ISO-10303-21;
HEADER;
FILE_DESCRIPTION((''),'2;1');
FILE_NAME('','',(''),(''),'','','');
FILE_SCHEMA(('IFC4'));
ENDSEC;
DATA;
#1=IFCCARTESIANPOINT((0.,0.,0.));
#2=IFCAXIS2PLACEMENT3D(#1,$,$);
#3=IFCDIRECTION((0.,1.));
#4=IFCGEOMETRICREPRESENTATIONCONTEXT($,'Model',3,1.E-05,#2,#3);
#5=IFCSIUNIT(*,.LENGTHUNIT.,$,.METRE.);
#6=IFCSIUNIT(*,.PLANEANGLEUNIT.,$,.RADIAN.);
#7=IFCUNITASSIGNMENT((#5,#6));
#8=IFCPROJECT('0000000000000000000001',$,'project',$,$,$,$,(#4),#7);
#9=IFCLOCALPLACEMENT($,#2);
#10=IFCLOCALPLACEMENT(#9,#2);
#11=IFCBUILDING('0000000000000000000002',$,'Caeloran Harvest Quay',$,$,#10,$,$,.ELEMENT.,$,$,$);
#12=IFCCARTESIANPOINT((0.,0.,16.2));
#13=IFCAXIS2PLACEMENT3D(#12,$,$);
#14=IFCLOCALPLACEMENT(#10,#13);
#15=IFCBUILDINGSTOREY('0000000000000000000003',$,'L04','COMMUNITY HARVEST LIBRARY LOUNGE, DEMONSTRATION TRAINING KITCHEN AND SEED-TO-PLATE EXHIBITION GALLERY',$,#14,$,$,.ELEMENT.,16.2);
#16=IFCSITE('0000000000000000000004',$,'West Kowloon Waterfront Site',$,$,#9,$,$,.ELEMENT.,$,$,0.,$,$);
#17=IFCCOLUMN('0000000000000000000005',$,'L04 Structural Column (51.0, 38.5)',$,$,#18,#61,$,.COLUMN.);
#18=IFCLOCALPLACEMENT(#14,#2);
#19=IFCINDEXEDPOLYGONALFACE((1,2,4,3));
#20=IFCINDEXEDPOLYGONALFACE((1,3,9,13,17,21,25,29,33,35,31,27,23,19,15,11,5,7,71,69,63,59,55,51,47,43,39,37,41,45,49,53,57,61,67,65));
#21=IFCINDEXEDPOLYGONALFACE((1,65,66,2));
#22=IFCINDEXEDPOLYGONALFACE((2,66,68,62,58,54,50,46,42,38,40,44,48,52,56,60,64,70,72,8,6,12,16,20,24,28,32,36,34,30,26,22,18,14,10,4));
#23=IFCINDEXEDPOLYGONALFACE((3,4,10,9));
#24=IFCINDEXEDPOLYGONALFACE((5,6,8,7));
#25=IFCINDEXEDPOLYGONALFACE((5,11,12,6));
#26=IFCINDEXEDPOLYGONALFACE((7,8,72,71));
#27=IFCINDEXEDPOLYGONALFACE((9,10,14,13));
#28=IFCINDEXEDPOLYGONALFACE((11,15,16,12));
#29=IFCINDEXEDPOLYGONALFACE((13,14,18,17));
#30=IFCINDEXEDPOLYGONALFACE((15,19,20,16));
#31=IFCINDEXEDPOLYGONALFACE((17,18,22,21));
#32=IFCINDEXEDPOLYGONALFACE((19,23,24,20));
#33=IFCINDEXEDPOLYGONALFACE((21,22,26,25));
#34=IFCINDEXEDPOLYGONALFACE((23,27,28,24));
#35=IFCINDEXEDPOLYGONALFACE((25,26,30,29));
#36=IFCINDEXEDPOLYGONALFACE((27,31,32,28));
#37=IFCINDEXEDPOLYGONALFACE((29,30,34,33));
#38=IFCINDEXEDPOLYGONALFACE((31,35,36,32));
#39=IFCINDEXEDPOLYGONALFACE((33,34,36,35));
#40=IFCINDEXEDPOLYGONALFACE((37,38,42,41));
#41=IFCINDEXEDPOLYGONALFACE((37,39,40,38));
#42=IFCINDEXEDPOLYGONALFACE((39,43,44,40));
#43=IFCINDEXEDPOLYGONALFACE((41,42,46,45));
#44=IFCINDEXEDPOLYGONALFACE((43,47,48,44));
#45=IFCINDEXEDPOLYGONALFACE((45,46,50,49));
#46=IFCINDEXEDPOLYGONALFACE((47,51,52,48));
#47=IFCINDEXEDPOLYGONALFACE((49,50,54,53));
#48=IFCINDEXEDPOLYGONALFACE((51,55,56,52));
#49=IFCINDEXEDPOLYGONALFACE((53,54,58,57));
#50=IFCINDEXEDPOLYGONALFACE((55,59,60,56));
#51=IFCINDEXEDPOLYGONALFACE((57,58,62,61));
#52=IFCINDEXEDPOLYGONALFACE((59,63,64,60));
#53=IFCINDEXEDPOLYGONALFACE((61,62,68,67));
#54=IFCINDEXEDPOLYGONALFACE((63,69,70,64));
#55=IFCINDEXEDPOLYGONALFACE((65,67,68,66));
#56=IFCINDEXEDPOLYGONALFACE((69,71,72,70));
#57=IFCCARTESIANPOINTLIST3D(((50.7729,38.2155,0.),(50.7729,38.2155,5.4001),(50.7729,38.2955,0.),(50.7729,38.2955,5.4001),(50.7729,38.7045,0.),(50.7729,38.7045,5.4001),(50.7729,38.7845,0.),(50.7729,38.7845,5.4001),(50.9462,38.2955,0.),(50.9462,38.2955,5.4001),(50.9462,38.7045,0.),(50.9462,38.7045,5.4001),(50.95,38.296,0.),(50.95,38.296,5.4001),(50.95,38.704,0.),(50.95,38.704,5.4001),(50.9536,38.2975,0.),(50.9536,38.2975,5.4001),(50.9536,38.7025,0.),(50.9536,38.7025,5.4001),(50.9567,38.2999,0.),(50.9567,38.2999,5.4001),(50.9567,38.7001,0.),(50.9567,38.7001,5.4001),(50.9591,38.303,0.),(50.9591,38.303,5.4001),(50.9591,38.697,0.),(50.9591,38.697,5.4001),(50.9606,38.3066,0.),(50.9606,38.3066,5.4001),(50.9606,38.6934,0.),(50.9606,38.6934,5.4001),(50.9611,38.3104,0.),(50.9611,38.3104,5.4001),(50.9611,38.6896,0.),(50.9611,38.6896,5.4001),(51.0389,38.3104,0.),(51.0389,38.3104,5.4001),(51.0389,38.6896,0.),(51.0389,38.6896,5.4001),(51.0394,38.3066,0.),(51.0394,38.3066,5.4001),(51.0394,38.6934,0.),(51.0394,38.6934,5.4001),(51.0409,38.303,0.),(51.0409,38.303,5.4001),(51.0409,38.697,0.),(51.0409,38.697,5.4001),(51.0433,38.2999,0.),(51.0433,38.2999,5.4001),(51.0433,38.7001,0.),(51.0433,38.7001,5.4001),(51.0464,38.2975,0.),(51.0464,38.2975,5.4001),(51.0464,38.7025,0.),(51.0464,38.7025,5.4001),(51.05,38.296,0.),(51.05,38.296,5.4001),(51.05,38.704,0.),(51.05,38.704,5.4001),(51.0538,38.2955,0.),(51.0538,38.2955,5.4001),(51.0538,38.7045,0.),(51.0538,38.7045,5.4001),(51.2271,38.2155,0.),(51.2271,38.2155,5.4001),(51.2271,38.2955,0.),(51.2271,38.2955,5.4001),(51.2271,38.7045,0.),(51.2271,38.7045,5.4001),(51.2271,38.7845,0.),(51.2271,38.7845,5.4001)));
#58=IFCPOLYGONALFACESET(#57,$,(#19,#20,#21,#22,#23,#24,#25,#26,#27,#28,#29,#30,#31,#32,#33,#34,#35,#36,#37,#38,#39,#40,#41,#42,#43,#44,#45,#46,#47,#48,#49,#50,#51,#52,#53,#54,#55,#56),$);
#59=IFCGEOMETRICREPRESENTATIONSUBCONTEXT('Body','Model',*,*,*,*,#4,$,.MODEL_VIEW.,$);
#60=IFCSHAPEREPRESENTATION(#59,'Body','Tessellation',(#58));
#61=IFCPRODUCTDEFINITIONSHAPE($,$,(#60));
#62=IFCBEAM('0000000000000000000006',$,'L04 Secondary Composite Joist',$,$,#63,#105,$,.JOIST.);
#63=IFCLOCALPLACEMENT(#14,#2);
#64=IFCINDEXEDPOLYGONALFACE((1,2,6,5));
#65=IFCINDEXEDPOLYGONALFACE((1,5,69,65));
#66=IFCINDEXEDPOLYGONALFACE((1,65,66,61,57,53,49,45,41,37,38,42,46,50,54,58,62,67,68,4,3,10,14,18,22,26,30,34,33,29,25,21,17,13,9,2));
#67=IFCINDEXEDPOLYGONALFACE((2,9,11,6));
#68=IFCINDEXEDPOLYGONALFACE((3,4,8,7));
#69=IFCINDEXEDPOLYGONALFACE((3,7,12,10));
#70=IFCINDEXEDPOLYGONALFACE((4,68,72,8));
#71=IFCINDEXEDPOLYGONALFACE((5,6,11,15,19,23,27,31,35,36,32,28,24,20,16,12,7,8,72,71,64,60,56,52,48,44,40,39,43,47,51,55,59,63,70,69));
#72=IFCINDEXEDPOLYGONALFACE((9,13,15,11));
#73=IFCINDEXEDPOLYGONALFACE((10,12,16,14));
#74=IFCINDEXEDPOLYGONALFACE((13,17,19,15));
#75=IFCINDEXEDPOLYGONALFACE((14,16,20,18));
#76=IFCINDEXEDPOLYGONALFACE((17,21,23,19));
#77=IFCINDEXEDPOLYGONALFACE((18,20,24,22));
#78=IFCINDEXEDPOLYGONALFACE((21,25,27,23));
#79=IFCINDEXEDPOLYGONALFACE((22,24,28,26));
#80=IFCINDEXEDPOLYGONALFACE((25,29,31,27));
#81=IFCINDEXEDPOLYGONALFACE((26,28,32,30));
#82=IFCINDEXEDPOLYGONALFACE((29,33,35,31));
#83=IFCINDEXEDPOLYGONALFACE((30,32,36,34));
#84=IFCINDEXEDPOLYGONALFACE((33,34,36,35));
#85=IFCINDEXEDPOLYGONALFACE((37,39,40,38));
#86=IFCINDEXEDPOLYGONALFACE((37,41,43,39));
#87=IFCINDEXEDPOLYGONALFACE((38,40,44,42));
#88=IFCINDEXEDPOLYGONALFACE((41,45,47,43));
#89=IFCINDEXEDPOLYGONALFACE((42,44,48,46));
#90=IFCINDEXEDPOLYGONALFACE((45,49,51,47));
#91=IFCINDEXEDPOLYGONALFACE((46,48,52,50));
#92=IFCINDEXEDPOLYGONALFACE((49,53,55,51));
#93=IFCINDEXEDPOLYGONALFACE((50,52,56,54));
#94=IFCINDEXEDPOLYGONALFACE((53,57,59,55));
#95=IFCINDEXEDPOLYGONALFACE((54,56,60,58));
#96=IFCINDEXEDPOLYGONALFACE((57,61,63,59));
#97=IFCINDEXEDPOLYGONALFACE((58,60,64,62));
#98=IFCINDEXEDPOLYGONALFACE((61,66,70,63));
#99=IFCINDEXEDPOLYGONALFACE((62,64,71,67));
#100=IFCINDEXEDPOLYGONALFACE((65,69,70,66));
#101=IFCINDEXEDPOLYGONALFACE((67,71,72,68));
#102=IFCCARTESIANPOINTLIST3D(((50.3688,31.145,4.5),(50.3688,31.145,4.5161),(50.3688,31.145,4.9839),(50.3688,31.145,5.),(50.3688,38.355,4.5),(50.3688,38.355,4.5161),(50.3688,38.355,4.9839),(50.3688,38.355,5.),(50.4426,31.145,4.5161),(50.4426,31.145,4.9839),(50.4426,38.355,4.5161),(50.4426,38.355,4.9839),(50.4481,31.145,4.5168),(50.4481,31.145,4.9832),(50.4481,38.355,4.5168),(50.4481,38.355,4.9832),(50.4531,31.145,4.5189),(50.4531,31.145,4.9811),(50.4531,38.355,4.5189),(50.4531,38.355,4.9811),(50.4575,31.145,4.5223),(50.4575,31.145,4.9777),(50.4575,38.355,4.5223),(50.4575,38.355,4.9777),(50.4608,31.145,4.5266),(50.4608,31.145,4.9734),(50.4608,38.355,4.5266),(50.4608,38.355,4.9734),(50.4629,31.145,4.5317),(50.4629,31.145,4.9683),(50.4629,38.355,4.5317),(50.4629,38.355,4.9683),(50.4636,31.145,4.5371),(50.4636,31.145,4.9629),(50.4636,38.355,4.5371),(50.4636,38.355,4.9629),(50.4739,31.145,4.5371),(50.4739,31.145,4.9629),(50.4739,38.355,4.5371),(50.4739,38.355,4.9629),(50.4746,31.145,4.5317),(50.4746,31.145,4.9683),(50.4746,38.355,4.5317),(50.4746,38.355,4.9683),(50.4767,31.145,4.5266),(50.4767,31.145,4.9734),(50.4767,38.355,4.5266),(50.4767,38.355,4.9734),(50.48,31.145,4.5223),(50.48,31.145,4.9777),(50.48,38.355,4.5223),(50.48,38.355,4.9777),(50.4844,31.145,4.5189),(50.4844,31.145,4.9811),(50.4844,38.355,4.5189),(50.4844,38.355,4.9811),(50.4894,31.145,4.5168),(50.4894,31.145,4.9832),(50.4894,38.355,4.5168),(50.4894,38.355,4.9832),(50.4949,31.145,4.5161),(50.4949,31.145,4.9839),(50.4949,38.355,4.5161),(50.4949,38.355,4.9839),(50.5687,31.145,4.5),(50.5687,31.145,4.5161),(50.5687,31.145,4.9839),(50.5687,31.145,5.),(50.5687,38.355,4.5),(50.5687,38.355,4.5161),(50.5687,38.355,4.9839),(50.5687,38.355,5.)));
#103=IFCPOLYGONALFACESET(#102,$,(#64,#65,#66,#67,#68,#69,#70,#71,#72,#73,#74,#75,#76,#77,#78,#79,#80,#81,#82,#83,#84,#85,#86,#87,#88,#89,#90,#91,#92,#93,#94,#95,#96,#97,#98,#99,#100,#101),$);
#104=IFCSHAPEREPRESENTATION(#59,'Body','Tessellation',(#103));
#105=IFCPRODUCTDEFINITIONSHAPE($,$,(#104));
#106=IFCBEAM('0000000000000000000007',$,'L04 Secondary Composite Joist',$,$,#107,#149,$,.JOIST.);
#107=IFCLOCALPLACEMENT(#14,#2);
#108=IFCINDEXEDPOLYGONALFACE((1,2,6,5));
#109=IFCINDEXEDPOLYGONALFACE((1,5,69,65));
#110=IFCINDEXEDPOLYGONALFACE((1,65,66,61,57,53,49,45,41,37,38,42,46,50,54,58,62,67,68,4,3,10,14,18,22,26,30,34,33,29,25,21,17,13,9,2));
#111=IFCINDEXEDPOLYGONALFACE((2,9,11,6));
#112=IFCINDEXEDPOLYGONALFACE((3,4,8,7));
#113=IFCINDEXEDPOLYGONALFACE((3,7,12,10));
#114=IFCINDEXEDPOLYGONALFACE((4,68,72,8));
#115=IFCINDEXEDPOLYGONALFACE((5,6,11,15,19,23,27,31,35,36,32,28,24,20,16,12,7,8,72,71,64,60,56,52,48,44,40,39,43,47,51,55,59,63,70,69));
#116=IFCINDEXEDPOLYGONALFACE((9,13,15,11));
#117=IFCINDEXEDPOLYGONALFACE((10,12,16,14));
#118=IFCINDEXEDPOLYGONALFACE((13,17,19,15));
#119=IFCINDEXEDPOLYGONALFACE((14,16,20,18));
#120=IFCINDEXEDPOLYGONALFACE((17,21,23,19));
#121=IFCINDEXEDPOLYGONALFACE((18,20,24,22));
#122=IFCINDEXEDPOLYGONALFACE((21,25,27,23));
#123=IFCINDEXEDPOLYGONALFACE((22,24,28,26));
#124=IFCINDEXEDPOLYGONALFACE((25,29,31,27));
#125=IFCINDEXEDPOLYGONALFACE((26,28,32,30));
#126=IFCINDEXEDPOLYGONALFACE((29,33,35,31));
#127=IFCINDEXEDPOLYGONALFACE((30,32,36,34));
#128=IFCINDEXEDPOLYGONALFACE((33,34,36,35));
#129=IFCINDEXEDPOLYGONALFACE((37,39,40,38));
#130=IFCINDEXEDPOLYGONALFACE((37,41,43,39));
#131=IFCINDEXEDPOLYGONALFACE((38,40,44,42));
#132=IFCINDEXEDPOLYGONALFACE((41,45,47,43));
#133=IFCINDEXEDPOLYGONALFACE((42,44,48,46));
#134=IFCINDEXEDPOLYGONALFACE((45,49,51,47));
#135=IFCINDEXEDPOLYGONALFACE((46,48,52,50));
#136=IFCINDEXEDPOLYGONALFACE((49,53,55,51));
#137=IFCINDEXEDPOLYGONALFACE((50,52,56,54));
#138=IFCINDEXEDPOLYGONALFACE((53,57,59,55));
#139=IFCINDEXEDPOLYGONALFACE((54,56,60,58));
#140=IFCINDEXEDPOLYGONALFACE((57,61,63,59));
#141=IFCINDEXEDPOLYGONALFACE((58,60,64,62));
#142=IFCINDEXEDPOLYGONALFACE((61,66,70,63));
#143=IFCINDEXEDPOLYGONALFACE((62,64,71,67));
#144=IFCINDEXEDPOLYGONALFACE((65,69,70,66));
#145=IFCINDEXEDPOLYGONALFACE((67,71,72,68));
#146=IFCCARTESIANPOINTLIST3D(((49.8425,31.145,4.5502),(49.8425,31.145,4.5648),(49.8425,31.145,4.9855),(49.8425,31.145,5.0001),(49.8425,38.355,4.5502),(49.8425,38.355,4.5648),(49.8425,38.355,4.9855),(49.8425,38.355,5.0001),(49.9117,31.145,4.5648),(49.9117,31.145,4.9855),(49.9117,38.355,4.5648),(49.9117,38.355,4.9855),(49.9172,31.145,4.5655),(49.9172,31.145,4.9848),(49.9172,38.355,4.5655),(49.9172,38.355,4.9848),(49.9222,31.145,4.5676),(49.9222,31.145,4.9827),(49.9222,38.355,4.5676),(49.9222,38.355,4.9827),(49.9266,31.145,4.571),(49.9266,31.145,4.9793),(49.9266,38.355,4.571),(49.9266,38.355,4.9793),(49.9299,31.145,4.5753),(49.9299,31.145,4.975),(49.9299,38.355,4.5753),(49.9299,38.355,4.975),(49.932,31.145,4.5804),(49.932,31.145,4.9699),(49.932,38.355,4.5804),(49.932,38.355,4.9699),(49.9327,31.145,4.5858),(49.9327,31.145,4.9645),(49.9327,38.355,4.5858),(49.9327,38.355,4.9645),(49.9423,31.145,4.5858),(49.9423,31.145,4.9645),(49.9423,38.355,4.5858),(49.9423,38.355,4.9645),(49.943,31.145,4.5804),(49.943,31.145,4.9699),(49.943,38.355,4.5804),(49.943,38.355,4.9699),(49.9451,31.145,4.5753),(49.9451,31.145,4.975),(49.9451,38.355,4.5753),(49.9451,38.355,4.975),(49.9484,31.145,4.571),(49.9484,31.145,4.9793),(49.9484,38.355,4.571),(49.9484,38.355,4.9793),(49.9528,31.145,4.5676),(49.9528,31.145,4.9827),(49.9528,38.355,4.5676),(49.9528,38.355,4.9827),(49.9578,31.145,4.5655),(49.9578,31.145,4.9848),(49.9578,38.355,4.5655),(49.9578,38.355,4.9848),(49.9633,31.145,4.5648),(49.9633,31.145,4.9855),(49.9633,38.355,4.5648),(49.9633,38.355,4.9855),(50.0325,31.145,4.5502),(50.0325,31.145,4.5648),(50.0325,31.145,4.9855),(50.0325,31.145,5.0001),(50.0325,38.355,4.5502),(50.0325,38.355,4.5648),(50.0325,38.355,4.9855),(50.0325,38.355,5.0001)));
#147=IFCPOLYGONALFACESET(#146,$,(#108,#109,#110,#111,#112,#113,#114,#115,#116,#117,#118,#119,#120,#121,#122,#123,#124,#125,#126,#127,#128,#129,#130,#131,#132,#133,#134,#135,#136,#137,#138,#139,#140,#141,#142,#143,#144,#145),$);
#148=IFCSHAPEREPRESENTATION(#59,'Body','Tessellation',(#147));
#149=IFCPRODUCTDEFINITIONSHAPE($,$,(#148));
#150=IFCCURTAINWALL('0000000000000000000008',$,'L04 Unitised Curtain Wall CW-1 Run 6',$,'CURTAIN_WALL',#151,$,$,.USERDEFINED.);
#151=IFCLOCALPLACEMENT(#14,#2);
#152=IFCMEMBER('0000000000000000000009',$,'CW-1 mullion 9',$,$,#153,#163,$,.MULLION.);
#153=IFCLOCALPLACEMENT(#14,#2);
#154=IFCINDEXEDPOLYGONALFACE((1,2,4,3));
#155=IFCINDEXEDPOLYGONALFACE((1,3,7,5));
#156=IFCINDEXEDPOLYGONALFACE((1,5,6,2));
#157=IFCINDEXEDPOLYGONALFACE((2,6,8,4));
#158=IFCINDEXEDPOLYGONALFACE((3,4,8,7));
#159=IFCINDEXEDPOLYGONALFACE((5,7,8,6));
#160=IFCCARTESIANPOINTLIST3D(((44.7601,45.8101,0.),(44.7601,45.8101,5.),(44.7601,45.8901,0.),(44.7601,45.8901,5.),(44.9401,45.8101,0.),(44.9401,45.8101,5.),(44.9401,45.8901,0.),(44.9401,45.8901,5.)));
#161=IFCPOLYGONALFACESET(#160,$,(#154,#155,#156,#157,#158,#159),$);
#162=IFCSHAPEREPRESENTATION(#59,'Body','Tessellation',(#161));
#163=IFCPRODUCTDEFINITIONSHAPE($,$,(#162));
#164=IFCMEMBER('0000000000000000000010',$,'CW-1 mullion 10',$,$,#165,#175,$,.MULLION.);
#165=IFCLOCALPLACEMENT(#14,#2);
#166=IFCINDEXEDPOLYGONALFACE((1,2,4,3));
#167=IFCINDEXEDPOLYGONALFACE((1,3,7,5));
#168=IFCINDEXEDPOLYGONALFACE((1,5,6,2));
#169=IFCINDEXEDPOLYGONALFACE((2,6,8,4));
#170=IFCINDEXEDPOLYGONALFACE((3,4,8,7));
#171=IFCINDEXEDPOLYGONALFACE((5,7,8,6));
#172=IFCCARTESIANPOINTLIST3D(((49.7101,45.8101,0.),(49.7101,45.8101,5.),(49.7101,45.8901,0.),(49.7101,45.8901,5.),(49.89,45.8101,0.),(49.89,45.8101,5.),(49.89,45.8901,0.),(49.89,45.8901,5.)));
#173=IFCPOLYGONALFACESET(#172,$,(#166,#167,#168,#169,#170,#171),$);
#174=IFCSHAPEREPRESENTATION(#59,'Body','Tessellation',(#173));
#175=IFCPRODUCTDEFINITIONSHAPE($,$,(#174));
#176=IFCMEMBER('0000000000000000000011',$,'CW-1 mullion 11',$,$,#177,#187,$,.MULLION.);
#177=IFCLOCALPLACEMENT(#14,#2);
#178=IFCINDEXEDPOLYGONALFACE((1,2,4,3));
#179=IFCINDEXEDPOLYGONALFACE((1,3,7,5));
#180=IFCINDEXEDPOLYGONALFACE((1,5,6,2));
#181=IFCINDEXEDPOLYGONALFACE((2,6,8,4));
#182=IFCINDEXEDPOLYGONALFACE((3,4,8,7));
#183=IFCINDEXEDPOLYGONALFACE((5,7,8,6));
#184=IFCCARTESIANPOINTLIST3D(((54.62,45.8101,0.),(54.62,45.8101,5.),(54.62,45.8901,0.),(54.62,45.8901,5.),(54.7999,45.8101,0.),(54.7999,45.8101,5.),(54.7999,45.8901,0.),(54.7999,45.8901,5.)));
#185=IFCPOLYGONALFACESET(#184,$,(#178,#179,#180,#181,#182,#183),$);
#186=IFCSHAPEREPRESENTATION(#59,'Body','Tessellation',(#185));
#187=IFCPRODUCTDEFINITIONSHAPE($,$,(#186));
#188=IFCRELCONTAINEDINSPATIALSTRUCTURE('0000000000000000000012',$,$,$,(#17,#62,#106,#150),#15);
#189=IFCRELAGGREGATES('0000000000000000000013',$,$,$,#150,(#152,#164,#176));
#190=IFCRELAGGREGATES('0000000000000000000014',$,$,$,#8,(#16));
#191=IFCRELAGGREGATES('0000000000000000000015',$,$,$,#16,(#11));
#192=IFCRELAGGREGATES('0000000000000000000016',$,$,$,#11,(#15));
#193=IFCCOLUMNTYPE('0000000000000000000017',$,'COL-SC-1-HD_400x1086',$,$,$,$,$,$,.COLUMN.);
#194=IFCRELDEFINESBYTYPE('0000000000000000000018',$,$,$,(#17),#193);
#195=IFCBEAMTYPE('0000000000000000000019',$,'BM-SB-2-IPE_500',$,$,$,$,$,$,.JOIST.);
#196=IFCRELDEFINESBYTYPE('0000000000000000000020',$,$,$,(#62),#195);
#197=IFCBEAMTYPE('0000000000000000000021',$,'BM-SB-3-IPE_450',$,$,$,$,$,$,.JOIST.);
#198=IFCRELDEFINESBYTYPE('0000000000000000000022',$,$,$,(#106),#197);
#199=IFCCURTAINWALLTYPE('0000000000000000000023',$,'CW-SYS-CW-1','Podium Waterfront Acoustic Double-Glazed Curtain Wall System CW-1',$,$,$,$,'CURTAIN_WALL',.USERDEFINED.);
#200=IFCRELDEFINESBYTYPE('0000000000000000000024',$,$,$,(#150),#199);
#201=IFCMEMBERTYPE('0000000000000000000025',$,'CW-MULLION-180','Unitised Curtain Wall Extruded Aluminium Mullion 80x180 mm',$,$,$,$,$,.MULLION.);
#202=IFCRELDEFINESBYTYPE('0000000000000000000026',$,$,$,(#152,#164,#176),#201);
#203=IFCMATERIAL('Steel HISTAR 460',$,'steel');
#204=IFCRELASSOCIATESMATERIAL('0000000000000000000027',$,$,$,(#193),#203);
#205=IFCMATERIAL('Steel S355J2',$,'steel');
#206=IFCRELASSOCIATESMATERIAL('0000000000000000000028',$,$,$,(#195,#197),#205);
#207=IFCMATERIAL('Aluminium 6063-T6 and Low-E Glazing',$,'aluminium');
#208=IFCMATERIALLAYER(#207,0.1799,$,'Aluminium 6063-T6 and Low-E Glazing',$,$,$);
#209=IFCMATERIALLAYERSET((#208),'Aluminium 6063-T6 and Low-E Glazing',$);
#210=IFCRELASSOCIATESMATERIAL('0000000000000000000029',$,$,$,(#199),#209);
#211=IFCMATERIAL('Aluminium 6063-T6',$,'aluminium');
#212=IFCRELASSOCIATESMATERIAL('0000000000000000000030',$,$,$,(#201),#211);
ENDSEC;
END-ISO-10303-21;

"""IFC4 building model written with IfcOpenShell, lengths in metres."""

from ifc_helpers import new_model, si_unit, direction, frame, origin, origin_2d, place, context, subcontext, project, spatial, rectangle, i_section, extrude, material, layer, layer_set, material_profile, profile_set, type_object, element, aggregate, save


model = new_model("IFC4")

# Units and contexts
model_context = context("Model", 3, precision=1e-05, world=origin(), true_north=direction((0.0, 1.0)))
body_context = subcontext(model_context, "Body", "Model", "MODEL_VIEW")
ifc_project = project(units=[si_unit("LENGTHUNIT", "METRE"), si_unit("PLANEANGLEUNIT", "RADIAN")], contexts=[model_context])

# Site, building, storey
site_placement = place(None, origin())
site = spatial("IfcSite", under=ifc_project, at=site_placement, Name="West Kowloon Waterfront Site", CompositionType="ELEMENT", RefElevation=0.0)
building_placement = place(site_placement, origin())
building = spatial("IfcBuilding", under=site, at=building_placement, Name="Caeloran Harvest Quay", CompositionType="ELEMENT")
storey_placement = place(building_placement, frame((0.0, 0.0, 16.2)))
storey = spatial("IfcBuildingStorey", under=building, at=storey_placement, Name="L04", Description="COMMUNITY HARVEST LIBRARY LOUNGE, DEMONSTRATION TRAINING KITCHEN AND SEED-TO-PLATE EXHIBITION GALLERY", CompositionType="ELEMENT", Elevation=16.2)

# Column
ifc_material_1 = material(Name="Steel HISTAR 460", Category="steel")
ifc_material_profile_1 = material_profile(ifc_material_1, i_section(OverallWidth=0.4541, OverallDepth=0.5691, WebThickness=0.0779, FlangeThickness=0.0801, FilletRadius=0.0149, at=origin_2d()), Name="HD 400x1086")
ifc_profile_set_1 = profile_set([ifc_material_profile_1], Name="Steel HISTAR 460")
column_type = type_object("IfcColumnType", Name="COL-SC-1-HD_400x1086", PredefinedType="COLUMN", material=ifc_profile_set_1)
column_placement = place(storey_placement, frame((51.0, 38.5, 0.0), z_axis=(0.0, 0.0, 1.0), x_axis=(1.0, 0.0, 0.0)))
element("IfcColumn", 1, at=column_placement, inside=storey, type_object=column_type, Name="L04 Structural Column (51.0, 38.5)", PredefinedType="COLUMN", context=body_context, shape_type="SweptSolid", body=[
    extrude(i_section(OverallWidth=0.4541, OverallDepth=0.5691, WebThickness=0.0779, FlangeThickness=0.0801, FilletRadius=0.0149, at=origin_2d()), origin(), (0.0, 0.0, 1.0), 5.4001),
])

# Beams
ifc_material_2 = material(Name="Steel S355J2", Category="steel")
ifc_material_profile_2 = material_profile(ifc_material_2, i_section(OverallWidth=0.2, OverallDepth=0.5, WebThickness=0.0103, FlangeThickness=0.0161, FilletRadius=0.021, at=origin_2d()), Name="IPE 500")
ifc_profile_set_2 = profile_set([ifc_material_profile_2], Name="Steel S355J2")
beam_type_1 = type_object("IfcBeamType", Name="BM-SB-2-IPE_500", PredefinedType="JOIST", material=ifc_profile_set_2)
beam_1_placement = place(storey_placement, frame((50.4688, 31.145, 4.75), z_axis=(0.0, 1.0, 0.0), x_axis=(-1.0, 0.0, 0.0)))
element("IfcBeam", 2, at=beam_1_placement, inside=storey, type_object=beam_type_1, Name="L04 Secondary Composite Joist", PredefinedType="JOIST", context=body_context, shape_type="SweptSolid", body=[
    extrude(i_section(OverallWidth=0.2, OverallDepth=0.5, WebThickness=0.0103, FlangeThickness=0.0161, FilletRadius=0.021, at=origin_2d()), origin(), (0.0, 0.0, 1.0), 7.21),
])
ifc_material_profile_3 = material_profile(ifc_material_2, i_section(OverallWidth=0.1899, OverallDepth=0.45, WebThickness=0.0095, FlangeThickness=0.0146, FilletRadius=0.021, at=origin_2d()), Name="IPE 450")
ifc_profile_set_3 = profile_set([ifc_material_profile_3], Name="Steel S355J2")
beam_type_2 = type_object("IfcBeamType", Name="BM-SB-3-IPE_450", PredefinedType="JOIST", material=ifc_profile_set_3)
beam_2_placement = place(storey_placement, frame((49.9375, 31.145, 4.7751), z_axis=(0.0, 1.0, 0.0), x_axis=(-1.0, 0.0, 0.0)))
element("IfcBeam", 3, at=beam_2_placement, inside=storey, type_object=beam_type_2, Name="L04 Secondary Composite Joist", PredefinedType="JOIST", context=body_context, shape_type="SweptSolid", body=[
    extrude(i_section(OverallWidth=0.1899, OverallDepth=0.45, WebThickness=0.0095, FlangeThickness=0.0146, FilletRadius=0.021, at=origin_2d()), origin(), (0.0, 0.0, 1.0), 7.21),
])

# Curtain wall, members
ifc_material_3 = material(Name="Aluminium 6063-T6 and Low-E Glazing", Category="aluminium")
ifc_layer_1 = layer(ifc_material_3, 0.1799, Name="Aluminium 6063-T6 and Low-E Glazing")
ifc_layer_set_1 = layer_set([ifc_layer_1], Name="Aluminium 6063-T6 and Low-E Glazing")
curtain_wall_type = type_object("IfcCurtainWallType", Name="CW-SYS-CW-1", Description="Podium Waterfront Acoustic Double-Glazed Curtain Wall System CW-1", ElementType="CURTAIN_WALL", PredefinedType="USERDEFINED", material=ifc_layer_set_1)
curtain_wall_1_placement = place(storey_placement, origin())
curtain_wall_1 = element("IfcCurtainWall", 4, at=curtain_wall_1_placement, inside=storey, type_object=curtain_wall_type, Name="L04 Unitised Curtain Wall CW-1 Run 6", ObjectType="CURTAIN_WALL", PredefinedType="USERDEFINED")
ifc_material_4 = material(Name="Aluminium 6063-T6", Category="aluminium")
ifc_material_profile_4 = material_profile(ifc_material_4, rectangle(XDim=0.0801, YDim=0.1799, at=origin_2d()), Name="CW-MULLION-180")
ifc_profile_set_4 = profile_set([ifc_material_profile_4], Name="Aluminium 6063-T6")
member_type_1 = type_object("IfcMemberType", Name="CW-MULLION-180", Description="Unitised Curtain Wall Extruded Aluminium Mullion 80x180 mm", PredefinedType="MULLION", material=ifc_profile_set_4)
member_1_placement = place(storey_placement, frame((44.8501, 45.8501, 0.0), z_axis=(0.0, 0.0, 1.0), x_axis=(0.0, 1.0, 0.0)))
member_1 = element("IfcMember", 5, at=member_1_placement, type_object=member_type_1, Name="CW-1 mullion 9", PredefinedType="MULLION", context=body_context, shape_type="SweptSolid", body=[
    extrude(rectangle(XDim=0.0801, YDim=0.1799, at=origin_2d()), origin(), (0.0, 0.0, 1.0), 5.0),
])
member_2_placement = place(storey_placement, frame((49.8, 45.8501, 0.0), z_axis=(0.0, 0.0, 1.0), x_axis=(0.0, 1.0, 0.0)))
member_2 = element("IfcMember", 6, at=member_2_placement, type_object=member_type_1, Name="CW-1 mullion 10", PredefinedType="MULLION", context=body_context, shape_type="SweptSolid", body=[
    extrude(rectangle(XDim=0.0801, YDim=0.1799, at=origin_2d()), origin(), (0.0, 0.0, 1.0), 5.0),
])
member_3_placement = place(storey_placement, frame((54.71, 45.8501, 0.0), z_axis=(0.0, 0.0, 1.0), x_axis=(0.0, 1.0, 0.0)))
member_3 = element("IfcMember", 7, at=member_3_placement, type_object=member_type_1, Name="CW-1 mullion 11", PredefinedType="MULLION", context=body_context, shape_type="SweptSolid", body=[
    extrude(rectangle(XDim=0.0801, YDim=0.1799, at=origin_2d()), origin(), (0.0, 0.0, 1.0), 5.0),
])

aggregate(curtain_wall_1, [member_1, member_2, member_3])

save(model, "model.ifc")
